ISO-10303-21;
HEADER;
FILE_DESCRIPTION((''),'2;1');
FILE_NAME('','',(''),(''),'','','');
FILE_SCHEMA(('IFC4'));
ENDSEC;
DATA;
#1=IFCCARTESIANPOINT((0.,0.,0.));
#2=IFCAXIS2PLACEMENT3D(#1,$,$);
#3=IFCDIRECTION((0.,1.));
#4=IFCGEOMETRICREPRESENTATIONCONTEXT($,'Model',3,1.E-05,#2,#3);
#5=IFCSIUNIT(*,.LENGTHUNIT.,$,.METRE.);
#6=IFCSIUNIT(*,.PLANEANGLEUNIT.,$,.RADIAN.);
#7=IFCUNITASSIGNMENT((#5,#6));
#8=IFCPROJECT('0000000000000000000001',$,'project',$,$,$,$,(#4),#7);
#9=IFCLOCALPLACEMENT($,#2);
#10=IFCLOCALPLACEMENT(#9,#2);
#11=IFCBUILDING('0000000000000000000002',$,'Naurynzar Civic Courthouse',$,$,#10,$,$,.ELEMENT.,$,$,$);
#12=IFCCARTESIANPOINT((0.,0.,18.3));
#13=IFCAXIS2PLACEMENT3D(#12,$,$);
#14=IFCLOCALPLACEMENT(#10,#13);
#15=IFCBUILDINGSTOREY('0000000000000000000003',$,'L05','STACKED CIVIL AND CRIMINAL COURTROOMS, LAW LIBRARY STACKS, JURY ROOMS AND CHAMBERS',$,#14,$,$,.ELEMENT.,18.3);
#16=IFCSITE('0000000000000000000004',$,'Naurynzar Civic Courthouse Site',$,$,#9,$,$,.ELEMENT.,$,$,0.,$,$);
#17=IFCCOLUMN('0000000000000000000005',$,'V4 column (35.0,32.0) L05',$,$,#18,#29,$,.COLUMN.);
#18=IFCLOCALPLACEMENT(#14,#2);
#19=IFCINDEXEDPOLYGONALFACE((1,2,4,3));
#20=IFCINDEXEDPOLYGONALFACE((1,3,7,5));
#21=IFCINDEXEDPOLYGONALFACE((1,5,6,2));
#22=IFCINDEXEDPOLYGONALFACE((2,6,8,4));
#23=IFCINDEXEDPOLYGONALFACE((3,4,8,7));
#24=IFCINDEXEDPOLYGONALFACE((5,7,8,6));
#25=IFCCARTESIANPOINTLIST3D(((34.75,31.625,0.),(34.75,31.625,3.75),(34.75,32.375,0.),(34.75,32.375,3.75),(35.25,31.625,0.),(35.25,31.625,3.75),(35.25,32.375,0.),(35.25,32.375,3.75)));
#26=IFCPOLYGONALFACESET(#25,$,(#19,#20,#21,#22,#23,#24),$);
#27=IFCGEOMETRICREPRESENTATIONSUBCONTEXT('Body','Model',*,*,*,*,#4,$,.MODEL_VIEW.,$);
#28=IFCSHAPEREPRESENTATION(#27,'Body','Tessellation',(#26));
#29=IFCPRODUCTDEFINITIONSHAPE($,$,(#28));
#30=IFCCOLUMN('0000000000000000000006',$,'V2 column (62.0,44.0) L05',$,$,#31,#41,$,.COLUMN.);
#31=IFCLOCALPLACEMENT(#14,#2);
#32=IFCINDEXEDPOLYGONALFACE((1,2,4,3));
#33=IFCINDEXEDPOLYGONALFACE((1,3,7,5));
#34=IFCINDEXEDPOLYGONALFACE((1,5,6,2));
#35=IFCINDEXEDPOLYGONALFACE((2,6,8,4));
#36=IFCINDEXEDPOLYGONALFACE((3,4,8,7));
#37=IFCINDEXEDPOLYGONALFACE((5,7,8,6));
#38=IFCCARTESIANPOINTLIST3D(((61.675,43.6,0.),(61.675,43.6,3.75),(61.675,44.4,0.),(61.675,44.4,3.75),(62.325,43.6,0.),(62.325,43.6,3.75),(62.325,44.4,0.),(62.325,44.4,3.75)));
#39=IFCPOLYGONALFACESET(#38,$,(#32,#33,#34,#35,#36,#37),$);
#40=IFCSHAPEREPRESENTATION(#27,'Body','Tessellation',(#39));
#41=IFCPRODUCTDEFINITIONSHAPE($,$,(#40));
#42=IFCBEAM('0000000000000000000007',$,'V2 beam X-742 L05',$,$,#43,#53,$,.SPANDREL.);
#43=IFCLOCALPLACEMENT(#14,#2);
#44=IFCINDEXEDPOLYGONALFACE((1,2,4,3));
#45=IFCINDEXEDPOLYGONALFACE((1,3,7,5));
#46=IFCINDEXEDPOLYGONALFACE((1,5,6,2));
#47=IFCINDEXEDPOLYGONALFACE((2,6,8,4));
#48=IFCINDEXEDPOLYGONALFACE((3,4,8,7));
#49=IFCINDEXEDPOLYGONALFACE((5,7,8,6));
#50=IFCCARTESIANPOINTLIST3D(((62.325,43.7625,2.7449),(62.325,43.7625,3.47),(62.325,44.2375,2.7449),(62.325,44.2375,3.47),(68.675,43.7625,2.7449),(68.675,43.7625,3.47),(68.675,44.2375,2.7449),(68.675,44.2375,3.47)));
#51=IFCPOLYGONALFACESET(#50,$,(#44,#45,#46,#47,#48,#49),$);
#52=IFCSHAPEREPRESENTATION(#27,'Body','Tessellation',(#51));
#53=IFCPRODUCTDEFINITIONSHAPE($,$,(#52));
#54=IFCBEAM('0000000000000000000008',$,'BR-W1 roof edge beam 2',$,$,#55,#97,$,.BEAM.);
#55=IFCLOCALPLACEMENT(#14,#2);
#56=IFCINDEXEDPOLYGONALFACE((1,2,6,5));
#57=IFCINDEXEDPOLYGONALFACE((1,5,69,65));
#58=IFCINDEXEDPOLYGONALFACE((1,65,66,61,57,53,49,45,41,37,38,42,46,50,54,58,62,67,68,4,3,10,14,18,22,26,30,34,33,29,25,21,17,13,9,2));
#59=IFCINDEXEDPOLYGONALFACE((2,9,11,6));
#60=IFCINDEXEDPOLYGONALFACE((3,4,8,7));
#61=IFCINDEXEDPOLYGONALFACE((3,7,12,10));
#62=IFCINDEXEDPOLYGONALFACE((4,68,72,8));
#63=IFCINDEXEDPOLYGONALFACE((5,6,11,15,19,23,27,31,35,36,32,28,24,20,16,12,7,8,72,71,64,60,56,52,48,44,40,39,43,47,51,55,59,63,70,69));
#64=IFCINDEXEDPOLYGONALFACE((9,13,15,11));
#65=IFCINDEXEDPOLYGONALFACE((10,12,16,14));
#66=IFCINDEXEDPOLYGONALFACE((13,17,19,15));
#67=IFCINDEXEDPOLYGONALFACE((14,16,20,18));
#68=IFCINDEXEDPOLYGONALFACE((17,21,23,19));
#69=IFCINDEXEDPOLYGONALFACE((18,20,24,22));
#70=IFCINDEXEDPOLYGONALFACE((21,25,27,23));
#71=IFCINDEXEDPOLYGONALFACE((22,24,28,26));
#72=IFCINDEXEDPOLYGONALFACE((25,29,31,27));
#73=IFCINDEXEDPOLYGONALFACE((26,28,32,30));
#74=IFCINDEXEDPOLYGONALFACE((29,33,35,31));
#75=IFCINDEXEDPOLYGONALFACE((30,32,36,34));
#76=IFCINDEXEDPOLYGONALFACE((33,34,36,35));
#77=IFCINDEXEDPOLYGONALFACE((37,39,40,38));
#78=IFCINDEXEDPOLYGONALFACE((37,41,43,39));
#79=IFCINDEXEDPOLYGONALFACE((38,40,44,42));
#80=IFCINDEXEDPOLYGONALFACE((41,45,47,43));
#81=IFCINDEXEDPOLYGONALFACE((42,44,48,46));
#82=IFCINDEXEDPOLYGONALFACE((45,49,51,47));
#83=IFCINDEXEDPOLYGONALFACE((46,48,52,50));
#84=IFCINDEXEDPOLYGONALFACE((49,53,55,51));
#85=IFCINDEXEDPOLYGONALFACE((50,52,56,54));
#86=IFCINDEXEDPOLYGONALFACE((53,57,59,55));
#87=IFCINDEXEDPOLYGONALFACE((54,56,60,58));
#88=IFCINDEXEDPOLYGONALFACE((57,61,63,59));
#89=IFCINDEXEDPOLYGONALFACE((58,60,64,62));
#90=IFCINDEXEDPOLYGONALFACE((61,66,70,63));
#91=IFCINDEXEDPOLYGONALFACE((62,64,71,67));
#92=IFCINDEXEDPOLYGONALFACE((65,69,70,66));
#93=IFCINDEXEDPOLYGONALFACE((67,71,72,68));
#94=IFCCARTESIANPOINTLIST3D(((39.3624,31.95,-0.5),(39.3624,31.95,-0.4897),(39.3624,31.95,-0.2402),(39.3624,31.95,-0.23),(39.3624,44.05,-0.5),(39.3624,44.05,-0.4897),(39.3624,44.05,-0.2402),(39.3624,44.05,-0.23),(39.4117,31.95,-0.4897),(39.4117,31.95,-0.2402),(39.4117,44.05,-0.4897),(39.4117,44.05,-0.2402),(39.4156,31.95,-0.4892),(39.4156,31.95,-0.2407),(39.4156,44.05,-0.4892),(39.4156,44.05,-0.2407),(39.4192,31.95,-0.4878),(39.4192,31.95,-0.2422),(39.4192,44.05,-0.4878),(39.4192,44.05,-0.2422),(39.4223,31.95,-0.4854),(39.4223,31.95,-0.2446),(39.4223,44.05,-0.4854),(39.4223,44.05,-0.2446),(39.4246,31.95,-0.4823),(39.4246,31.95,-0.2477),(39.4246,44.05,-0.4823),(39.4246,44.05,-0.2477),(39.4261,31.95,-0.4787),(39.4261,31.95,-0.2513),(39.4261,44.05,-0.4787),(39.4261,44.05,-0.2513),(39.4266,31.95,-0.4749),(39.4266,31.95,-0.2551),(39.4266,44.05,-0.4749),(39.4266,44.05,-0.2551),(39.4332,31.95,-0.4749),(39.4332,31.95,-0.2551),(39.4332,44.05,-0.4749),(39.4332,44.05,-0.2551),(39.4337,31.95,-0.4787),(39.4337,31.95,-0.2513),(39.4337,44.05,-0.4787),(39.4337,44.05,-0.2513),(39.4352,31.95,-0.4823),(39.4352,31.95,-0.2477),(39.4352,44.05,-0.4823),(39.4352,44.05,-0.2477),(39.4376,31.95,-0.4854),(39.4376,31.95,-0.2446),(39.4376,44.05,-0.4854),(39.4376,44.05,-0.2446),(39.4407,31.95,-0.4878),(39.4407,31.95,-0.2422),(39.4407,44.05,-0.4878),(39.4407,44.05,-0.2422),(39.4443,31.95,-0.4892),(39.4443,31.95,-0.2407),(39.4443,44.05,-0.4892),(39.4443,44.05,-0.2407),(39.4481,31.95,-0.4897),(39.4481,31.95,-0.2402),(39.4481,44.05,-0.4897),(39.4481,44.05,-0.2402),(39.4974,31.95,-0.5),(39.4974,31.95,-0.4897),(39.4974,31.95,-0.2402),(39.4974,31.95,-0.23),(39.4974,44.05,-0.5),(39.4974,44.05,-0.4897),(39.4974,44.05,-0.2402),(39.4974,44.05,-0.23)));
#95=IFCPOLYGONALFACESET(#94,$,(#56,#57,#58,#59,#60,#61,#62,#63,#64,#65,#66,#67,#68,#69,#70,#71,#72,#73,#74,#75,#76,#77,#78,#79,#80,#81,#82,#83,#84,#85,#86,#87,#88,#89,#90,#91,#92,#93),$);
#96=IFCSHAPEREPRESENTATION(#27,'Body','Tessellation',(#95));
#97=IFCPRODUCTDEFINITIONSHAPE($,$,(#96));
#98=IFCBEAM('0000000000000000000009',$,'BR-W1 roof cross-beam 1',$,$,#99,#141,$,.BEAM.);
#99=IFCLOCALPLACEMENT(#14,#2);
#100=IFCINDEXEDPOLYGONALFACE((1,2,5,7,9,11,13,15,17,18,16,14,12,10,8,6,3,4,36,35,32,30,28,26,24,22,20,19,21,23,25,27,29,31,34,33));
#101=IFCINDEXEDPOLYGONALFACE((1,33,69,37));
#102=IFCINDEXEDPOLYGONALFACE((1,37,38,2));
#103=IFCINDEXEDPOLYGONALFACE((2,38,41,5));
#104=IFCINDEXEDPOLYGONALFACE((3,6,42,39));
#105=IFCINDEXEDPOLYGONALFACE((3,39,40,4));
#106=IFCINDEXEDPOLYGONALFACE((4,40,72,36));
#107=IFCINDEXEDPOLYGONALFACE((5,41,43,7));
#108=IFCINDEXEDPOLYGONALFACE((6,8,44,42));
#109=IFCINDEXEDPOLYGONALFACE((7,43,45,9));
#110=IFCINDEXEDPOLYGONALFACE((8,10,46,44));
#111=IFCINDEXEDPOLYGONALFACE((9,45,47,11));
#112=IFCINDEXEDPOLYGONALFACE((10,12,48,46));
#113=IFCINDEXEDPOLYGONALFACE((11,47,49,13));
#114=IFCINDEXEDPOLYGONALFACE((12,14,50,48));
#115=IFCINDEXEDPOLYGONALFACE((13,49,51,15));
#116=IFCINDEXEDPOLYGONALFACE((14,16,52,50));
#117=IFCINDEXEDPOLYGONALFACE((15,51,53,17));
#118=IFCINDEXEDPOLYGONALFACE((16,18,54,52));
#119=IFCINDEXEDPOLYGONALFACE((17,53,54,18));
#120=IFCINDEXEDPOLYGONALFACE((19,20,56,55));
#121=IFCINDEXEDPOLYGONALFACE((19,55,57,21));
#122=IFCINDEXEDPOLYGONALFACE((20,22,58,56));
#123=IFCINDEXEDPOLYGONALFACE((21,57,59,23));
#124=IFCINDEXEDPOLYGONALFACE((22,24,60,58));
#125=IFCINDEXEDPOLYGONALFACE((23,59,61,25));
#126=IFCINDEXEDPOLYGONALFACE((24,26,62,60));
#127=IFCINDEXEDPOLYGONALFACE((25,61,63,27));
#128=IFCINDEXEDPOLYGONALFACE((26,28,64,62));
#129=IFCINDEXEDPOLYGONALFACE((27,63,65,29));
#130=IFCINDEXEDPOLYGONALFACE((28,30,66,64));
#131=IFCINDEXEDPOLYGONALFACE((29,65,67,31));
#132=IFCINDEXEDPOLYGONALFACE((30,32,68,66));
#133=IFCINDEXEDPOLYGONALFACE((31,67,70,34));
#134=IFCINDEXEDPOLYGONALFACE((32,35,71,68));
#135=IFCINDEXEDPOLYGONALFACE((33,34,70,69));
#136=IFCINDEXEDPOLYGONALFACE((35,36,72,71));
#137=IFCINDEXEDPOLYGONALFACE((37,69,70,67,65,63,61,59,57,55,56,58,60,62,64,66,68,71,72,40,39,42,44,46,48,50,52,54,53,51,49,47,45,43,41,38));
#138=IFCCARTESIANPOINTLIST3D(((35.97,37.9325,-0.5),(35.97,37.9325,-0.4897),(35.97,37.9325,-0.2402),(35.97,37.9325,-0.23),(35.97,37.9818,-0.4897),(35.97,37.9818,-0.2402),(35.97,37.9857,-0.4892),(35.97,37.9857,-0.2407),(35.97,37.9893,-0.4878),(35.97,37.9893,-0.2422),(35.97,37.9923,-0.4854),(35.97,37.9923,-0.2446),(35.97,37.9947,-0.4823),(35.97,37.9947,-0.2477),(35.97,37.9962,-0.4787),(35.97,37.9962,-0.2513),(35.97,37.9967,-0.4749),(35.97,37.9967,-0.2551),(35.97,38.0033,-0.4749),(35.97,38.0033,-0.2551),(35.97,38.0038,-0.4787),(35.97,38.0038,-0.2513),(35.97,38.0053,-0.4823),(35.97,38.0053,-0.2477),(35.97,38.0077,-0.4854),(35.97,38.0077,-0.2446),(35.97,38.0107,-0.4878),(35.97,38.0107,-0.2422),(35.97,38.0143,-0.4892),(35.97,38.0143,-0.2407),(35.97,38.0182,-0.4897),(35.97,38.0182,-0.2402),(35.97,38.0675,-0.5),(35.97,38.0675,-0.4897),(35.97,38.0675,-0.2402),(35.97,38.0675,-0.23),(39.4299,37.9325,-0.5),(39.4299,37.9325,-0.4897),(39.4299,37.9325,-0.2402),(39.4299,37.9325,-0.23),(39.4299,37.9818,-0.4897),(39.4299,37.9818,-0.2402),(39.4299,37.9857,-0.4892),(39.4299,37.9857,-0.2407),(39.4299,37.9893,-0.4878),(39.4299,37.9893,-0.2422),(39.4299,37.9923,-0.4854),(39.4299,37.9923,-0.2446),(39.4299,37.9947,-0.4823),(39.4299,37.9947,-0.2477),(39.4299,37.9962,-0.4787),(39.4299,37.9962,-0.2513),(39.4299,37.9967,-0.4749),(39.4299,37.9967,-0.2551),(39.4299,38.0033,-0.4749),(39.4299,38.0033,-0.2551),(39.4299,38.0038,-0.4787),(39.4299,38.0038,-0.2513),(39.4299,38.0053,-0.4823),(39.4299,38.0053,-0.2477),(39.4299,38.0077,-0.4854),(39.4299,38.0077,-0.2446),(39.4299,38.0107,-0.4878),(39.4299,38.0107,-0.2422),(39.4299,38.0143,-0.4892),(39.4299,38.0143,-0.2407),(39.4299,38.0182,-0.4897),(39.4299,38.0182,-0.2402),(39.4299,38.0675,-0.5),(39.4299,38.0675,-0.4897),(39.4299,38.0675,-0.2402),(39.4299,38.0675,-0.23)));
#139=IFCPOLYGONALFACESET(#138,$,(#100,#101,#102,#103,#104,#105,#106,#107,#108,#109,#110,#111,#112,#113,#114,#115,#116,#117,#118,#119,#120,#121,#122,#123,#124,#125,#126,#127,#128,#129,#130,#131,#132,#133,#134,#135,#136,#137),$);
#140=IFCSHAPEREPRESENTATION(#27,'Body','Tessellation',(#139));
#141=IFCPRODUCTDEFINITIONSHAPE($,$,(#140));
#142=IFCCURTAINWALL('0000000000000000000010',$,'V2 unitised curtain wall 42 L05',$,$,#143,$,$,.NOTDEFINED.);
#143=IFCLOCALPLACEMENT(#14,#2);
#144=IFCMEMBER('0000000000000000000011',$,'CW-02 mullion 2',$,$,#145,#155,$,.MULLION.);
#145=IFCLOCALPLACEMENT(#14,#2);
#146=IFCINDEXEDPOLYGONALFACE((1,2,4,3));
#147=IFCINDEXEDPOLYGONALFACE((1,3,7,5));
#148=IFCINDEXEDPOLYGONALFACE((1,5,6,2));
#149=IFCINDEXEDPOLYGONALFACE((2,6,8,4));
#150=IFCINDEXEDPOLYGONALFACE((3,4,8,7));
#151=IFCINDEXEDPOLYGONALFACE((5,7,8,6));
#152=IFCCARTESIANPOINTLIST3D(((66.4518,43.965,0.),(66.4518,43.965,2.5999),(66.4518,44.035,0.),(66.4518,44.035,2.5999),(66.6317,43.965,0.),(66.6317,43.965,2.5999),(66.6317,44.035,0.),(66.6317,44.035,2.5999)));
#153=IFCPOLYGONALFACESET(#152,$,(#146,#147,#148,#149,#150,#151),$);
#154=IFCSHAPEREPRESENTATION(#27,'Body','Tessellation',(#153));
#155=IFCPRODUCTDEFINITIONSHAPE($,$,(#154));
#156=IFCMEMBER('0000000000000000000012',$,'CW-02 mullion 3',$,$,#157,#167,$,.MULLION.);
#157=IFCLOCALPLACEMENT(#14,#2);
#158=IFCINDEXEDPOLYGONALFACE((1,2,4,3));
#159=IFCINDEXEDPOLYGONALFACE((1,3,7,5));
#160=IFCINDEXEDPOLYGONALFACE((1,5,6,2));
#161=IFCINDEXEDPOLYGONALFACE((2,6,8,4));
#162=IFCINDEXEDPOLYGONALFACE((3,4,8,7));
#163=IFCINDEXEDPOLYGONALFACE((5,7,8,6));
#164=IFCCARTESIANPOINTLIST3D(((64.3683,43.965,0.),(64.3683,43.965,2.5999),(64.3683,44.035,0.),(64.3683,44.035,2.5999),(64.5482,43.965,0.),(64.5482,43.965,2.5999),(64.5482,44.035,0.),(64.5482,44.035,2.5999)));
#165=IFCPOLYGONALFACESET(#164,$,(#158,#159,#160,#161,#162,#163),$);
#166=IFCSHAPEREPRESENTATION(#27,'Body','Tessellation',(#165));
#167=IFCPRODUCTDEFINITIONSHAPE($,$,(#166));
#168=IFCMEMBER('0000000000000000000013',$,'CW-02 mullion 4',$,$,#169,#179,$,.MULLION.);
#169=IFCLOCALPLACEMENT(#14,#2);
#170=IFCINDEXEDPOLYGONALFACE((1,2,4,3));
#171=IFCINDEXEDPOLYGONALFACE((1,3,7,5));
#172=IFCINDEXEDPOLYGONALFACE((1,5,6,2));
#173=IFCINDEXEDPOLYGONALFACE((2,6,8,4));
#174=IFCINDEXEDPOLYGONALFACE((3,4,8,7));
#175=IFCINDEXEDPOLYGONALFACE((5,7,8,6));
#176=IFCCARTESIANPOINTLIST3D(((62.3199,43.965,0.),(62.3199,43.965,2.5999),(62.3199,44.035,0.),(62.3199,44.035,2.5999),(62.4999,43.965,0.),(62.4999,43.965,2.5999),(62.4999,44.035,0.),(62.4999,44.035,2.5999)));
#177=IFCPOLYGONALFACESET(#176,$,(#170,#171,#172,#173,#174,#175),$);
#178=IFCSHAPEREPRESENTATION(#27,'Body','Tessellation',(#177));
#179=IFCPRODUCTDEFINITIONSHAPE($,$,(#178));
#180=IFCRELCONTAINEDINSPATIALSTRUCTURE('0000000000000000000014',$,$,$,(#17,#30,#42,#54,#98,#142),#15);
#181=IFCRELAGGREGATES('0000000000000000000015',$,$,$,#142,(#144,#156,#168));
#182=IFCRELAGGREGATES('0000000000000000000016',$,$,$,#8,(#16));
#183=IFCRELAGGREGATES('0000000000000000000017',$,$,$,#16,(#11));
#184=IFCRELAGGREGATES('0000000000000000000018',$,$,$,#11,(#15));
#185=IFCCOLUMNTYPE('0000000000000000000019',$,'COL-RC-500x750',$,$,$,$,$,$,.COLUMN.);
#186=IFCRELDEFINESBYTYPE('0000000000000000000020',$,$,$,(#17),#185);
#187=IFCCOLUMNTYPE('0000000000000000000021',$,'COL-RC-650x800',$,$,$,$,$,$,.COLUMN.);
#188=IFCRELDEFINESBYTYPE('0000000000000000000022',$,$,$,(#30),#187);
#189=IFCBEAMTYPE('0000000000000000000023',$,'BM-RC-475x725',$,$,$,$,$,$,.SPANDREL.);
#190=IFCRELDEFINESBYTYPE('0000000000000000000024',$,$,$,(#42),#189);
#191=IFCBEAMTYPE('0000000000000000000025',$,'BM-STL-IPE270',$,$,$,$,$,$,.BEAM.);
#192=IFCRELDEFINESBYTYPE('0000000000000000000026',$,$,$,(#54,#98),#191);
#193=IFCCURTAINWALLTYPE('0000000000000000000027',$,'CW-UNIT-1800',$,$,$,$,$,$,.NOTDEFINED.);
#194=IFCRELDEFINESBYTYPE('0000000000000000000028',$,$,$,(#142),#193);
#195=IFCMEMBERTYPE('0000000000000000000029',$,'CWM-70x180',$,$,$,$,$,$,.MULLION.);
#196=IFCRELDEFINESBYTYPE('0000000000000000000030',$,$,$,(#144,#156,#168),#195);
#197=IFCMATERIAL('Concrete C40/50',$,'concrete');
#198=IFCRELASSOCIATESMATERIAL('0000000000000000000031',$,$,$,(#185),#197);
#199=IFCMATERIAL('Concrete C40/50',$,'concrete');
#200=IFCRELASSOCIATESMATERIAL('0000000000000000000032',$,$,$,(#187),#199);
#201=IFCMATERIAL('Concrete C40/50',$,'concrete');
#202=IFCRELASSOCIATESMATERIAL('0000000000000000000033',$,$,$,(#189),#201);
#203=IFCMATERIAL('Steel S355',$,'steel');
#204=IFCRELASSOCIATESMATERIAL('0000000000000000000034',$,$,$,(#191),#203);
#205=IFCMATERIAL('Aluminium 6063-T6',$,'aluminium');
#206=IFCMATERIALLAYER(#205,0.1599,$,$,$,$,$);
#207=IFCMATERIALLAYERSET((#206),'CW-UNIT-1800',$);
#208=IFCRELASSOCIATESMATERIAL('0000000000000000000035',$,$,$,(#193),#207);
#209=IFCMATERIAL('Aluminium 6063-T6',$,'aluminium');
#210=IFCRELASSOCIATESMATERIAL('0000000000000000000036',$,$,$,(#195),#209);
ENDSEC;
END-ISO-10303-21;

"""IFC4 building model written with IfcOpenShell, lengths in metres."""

from ifc_helpers import new_model, si_unit, direction, frame, origin, origin_2d, place, context, subcontext, project, spatial, rectangle, i_section, extrude, material, layer, layer_set, material_profile, profile_set, type_object, element, aggregate, save


model = new_model("IFC4")

# Units and contexts
model_context = context("Model", 3, precision=1e-05, world=origin(), true_north=direction((0.0, 1.0)))
body_context = subcontext(model_context, "Body", "Model", "MODEL_VIEW")
ifc_project = project(units=[si_unit("LENGTHUNIT", "METRE"), si_unit("PLANEANGLEUNIT", "RADIAN")], contexts=[model_context])

# Site, building, storey
site_placement = place(None, origin())
site = spatial("IfcSite", under=ifc_project, at=site_placement, Name="Naurynzar Civic Courthouse Site", CompositionType="ELEMENT", RefElevation=0.0)
building_placement = place(site_placement, origin())
building = spatial("IfcBuilding", under=site, at=building_placement, Name="Naurynzar Civic Courthouse", CompositionType="ELEMENT")
storey_placement = place(building_placement, frame((0.0, 0.0, 18.3)))
storey = spatial("IfcBuildingStorey", under=building, at=storey_placement, Name="L05", Description="STACKED CIVIL AND CRIMINAL COURTROOMS, LAW LIBRARY STACKS, JURY ROOMS AND CHAMBERS", CompositionType="ELEMENT", Elevation=18.3)

# Columns
ifc_material_1 = material(Name="Concrete C40/50", Category="concrete")
ifc_material_profile_1 = material_profile(ifc_material_1, rectangle(XDim=0.5, YDim=0.75, at=origin_2d()), Name="RC 500x750")
ifc_profile_set_1 = profile_set([ifc_material_profile_1], Name="Concrete C40/50")
column_type_1 = type_object("IfcColumnType", Name="COL-RC-500x750", PredefinedType="COLUMN", material=ifc_profile_set_1)
column_1_placement = place(storey_placement, frame((35.0, 32.0, 0.0), z_axis=(0.0, 0.0, 1.0), x_axis=(1.0, 0.0, 0.0)))
element("IfcColumn", 1, at=column_1_placement, inside=storey, type_object=column_type_1, Name="V4 column (35.0,32.0) L05", PredefinedType="COLUMN", context=body_context, shape_type="SweptSolid", body=[
    extrude(rectangle(XDim=0.5, YDim=0.75, at=origin_2d()), origin(), (0.0, 0.0, 1.0), 3.75),
])
ifc_material_2 = material(Name="Concrete C40/50", Category="concrete")
ifc_material_profile_2 = material_profile(ifc_material_2, rectangle(XDim=0.6499, YDim=0.8, at=origin_2d()), Name="RC 650x800")
ifc_profile_set_2 = profile_set([ifc_material_profile_2], Name="Concrete C40/50")
column_type_2 = type_object("IfcColumnType", Name="COL-RC-650x800", PredefinedType="COLUMN", material=ifc_profile_set_2)
column_2_placement = place(storey_placement, frame((62.0, 44.0, 0.0), z_axis=(0.0, 0.0, 1.0), x_axis=(1.0, 0.0, 0.0)))
element("IfcColumn", 2, at=column_2_placement, inside=storey, type_object=column_type_2, Name="V2 column (62.0,44.0) L05", PredefinedType="COLUMN", context=body_context, shape_type="SweptSolid", body=[
    extrude(rectangle(XDim=0.6499, YDim=0.8, at=origin_2d()), origin(), (0.0, 0.0, 1.0), 3.75),
])

# Beams
ifc_material_3 = material(Name="Concrete C40/50", Category="concrete")
ifc_material_profile_3 = material_profile(ifc_material_3, rectangle(XDim=0.4751, YDim=0.7251, at=origin_2d()), Name="RCB 475x725")
ifc_profile_set_3 = profile_set([ifc_material_profile_3], Name="Concrete C40/50")
beam_type_1 = type_object("IfcBeamType", Name="BM-RC-475x725", PredefinedType="SPANDREL", material=ifc_profile_set_3)
beam_1_placement = place(storey_placement, frame((62.325, 44.0, 3.1074), z_axis=(1.0, 0.0, 0.0), x_axis=(0.0, 1.0, 0.0)))
element("IfcBeam", 3, at=beam_1_placement, inside=storey, type_object=beam_type_1, Name="V2 beam X-742 L05", PredefinedType="SPANDREL", context=body_context, shape_type="SweptSolid", body=[
    extrude(rectangle(XDim=0.4751, YDim=0.7251, at=origin_2d()), origin(), (0.0, 0.0, 1.0), 6.3501),
])
ifc_material_4 = material(Name="Steel S355", Category="steel")
ifc_material_profile_4 = material_profile(ifc_material_4, i_section(OverallWidth=0.135, OverallDepth=0.27, WebThickness=0.0066, FlangeThickness=0.0103, FilletRadius=0.0149, at=origin_2d()), Name="IPE 270")
ifc_profile_set_4 = profile_set([ifc_material_profile_4], Name="Steel S355")
beam_type_2 = type_object("IfcBeamType", Name="BM-STL-IPE270", PredefinedType="BEAM", material=ifc_profile_set_4)
beam_2_placement = place(storey_placement, frame((39.4299, 31.95, -0.365), z_axis=(0.0, 1.0, 0.0), x_axis=(-1.0, 0.0, 0.0)))
element("IfcBeam", 4, at=beam_2_placement, inside=storey, type_object=beam_type_2, Name="BR-W1 roof edge beam 2", PredefinedType="BEAM", context=body_context, shape_type="SweptSolid", body=[
    extrude(i_section(OverallWidth=0.135, OverallDepth=0.27, WebThickness=0.0066, FlangeThickness=0.0103, FilletRadius=0.0149, at=origin_2d()), origin(), (0.0, 0.0, 1.0), 12.1001),
])
beam_3_placement = place(storey_placement, frame((35.97, 38.0, -0.365), z_axis=(1.0, 0.0, 0.0), x_axis=(0.0, 1.0, 0.0)))
element("IfcBeam", 5, at=beam_3_placement, inside=storey, type_object=beam_type_2, Name="BR-W1 roof cross-beam 1", PredefinedType="BEAM", context=body_context, shape_type="SweptSolid", body=[
    extrude(i_section(OverallWidth=0.135, OverallDepth=0.27, WebThickness=0.0066, FlangeThickness=0.0103, FilletRadius=0.0149, at=origin_2d()), origin(), (0.0, 0.0, 1.0), 3.46),
])

# Curtain wall, members
ifc_material_5 = material(Name="Aluminium 6063-T6", Category="aluminium")
ifc_layer_1 = layer(ifc_material_5, 0.1599)
ifc_layer_set_1 = layer_set([ifc_layer_1], Name="CW-UNIT-1800")
curtain_wall_type = type_object("IfcCurtainWallType", Name="CW-UNIT-1800", PredefinedType="NOTDEFINED", material=ifc_layer_set_1)
curtain_wall_placement = place(storey_placement, origin())
curtain_wall = element("IfcCurtainWall", 6, at=curtain_wall_placement, inside=storey, type_object=curtain_wall_type, Name="V2 unitised curtain wall 42 L05", PredefinedType="NOTDEFINED")
ifc_material_6 = material(Name="Aluminium 6063-T6", Category="aluminium")
ifc_material_profile_5 = material_profile(ifc_material_6, rectangle(XDim=0.0701, YDim=0.1799, at=origin_2d()), Name="ALU MULLION 70x180")
ifc_profile_set_5 = profile_set([ifc_material_profile_5], Name="Aluminium 6063-T6")
member_type_1 = type_object("IfcMemberType", Name="CWM-70x180", PredefinedType="MULLION", material=ifc_profile_set_5)
member_1_placement = place(storey_placement, frame((66.5417, 44.0, 0.0), z_axis=(0.0, 0.0, 1.0), x_axis=(0.0, -1.0, 0.0)))
member_1 = element("IfcMember", 7, at=member_1_placement, type_object=member_type_1, Name="CW-02 mullion 2", PredefinedType="MULLION", context=body_context, shape_type="SweptSolid", body=[
    extrude(rectangle(XDim=0.0701, YDim=0.1799, at=origin_2d()), origin(), (0.0, 0.0, 1.0), 2.5999),
])
member_2_placement = place(storey_placement, frame((64.4583, 44.0, 0.0), z_axis=(0.0, 0.0, 1.0), x_axis=(0.0, -1.0, 0.0)))
member_2 = element("IfcMember", 8, at=member_2_placement, type_object=member_type_1, Name="CW-02 mullion 3", PredefinedType="MULLION", context=body_context, shape_type="SweptSolid", body=[
    extrude(rectangle(XDim=0.0701, YDim=0.1799, at=origin_2d()), origin(), (0.0, 0.0, 1.0), 2.5999),
])
member_3_placement = place(storey_placement, frame((62.4099, 44.0, 0.0), z_axis=(0.0, 0.0, 1.0), x_axis=(0.0, -1.0, 0.0)))
member_3 = element("IfcMember", 9, at=member_3_placement, type_object=member_type_1, Name="CW-02 mullion 4", PredefinedType="MULLION", context=body_context, shape_type="SweptSolid", body=[
    extrude(rectangle(XDim=0.0701, YDim=0.1799, at=origin_2d()), origin(), (0.0, 0.0, 1.0), 2.5999),
])
aggregate(curtain_wall, [member_1, member_2, member_3])

save(model, "model.ifc")
